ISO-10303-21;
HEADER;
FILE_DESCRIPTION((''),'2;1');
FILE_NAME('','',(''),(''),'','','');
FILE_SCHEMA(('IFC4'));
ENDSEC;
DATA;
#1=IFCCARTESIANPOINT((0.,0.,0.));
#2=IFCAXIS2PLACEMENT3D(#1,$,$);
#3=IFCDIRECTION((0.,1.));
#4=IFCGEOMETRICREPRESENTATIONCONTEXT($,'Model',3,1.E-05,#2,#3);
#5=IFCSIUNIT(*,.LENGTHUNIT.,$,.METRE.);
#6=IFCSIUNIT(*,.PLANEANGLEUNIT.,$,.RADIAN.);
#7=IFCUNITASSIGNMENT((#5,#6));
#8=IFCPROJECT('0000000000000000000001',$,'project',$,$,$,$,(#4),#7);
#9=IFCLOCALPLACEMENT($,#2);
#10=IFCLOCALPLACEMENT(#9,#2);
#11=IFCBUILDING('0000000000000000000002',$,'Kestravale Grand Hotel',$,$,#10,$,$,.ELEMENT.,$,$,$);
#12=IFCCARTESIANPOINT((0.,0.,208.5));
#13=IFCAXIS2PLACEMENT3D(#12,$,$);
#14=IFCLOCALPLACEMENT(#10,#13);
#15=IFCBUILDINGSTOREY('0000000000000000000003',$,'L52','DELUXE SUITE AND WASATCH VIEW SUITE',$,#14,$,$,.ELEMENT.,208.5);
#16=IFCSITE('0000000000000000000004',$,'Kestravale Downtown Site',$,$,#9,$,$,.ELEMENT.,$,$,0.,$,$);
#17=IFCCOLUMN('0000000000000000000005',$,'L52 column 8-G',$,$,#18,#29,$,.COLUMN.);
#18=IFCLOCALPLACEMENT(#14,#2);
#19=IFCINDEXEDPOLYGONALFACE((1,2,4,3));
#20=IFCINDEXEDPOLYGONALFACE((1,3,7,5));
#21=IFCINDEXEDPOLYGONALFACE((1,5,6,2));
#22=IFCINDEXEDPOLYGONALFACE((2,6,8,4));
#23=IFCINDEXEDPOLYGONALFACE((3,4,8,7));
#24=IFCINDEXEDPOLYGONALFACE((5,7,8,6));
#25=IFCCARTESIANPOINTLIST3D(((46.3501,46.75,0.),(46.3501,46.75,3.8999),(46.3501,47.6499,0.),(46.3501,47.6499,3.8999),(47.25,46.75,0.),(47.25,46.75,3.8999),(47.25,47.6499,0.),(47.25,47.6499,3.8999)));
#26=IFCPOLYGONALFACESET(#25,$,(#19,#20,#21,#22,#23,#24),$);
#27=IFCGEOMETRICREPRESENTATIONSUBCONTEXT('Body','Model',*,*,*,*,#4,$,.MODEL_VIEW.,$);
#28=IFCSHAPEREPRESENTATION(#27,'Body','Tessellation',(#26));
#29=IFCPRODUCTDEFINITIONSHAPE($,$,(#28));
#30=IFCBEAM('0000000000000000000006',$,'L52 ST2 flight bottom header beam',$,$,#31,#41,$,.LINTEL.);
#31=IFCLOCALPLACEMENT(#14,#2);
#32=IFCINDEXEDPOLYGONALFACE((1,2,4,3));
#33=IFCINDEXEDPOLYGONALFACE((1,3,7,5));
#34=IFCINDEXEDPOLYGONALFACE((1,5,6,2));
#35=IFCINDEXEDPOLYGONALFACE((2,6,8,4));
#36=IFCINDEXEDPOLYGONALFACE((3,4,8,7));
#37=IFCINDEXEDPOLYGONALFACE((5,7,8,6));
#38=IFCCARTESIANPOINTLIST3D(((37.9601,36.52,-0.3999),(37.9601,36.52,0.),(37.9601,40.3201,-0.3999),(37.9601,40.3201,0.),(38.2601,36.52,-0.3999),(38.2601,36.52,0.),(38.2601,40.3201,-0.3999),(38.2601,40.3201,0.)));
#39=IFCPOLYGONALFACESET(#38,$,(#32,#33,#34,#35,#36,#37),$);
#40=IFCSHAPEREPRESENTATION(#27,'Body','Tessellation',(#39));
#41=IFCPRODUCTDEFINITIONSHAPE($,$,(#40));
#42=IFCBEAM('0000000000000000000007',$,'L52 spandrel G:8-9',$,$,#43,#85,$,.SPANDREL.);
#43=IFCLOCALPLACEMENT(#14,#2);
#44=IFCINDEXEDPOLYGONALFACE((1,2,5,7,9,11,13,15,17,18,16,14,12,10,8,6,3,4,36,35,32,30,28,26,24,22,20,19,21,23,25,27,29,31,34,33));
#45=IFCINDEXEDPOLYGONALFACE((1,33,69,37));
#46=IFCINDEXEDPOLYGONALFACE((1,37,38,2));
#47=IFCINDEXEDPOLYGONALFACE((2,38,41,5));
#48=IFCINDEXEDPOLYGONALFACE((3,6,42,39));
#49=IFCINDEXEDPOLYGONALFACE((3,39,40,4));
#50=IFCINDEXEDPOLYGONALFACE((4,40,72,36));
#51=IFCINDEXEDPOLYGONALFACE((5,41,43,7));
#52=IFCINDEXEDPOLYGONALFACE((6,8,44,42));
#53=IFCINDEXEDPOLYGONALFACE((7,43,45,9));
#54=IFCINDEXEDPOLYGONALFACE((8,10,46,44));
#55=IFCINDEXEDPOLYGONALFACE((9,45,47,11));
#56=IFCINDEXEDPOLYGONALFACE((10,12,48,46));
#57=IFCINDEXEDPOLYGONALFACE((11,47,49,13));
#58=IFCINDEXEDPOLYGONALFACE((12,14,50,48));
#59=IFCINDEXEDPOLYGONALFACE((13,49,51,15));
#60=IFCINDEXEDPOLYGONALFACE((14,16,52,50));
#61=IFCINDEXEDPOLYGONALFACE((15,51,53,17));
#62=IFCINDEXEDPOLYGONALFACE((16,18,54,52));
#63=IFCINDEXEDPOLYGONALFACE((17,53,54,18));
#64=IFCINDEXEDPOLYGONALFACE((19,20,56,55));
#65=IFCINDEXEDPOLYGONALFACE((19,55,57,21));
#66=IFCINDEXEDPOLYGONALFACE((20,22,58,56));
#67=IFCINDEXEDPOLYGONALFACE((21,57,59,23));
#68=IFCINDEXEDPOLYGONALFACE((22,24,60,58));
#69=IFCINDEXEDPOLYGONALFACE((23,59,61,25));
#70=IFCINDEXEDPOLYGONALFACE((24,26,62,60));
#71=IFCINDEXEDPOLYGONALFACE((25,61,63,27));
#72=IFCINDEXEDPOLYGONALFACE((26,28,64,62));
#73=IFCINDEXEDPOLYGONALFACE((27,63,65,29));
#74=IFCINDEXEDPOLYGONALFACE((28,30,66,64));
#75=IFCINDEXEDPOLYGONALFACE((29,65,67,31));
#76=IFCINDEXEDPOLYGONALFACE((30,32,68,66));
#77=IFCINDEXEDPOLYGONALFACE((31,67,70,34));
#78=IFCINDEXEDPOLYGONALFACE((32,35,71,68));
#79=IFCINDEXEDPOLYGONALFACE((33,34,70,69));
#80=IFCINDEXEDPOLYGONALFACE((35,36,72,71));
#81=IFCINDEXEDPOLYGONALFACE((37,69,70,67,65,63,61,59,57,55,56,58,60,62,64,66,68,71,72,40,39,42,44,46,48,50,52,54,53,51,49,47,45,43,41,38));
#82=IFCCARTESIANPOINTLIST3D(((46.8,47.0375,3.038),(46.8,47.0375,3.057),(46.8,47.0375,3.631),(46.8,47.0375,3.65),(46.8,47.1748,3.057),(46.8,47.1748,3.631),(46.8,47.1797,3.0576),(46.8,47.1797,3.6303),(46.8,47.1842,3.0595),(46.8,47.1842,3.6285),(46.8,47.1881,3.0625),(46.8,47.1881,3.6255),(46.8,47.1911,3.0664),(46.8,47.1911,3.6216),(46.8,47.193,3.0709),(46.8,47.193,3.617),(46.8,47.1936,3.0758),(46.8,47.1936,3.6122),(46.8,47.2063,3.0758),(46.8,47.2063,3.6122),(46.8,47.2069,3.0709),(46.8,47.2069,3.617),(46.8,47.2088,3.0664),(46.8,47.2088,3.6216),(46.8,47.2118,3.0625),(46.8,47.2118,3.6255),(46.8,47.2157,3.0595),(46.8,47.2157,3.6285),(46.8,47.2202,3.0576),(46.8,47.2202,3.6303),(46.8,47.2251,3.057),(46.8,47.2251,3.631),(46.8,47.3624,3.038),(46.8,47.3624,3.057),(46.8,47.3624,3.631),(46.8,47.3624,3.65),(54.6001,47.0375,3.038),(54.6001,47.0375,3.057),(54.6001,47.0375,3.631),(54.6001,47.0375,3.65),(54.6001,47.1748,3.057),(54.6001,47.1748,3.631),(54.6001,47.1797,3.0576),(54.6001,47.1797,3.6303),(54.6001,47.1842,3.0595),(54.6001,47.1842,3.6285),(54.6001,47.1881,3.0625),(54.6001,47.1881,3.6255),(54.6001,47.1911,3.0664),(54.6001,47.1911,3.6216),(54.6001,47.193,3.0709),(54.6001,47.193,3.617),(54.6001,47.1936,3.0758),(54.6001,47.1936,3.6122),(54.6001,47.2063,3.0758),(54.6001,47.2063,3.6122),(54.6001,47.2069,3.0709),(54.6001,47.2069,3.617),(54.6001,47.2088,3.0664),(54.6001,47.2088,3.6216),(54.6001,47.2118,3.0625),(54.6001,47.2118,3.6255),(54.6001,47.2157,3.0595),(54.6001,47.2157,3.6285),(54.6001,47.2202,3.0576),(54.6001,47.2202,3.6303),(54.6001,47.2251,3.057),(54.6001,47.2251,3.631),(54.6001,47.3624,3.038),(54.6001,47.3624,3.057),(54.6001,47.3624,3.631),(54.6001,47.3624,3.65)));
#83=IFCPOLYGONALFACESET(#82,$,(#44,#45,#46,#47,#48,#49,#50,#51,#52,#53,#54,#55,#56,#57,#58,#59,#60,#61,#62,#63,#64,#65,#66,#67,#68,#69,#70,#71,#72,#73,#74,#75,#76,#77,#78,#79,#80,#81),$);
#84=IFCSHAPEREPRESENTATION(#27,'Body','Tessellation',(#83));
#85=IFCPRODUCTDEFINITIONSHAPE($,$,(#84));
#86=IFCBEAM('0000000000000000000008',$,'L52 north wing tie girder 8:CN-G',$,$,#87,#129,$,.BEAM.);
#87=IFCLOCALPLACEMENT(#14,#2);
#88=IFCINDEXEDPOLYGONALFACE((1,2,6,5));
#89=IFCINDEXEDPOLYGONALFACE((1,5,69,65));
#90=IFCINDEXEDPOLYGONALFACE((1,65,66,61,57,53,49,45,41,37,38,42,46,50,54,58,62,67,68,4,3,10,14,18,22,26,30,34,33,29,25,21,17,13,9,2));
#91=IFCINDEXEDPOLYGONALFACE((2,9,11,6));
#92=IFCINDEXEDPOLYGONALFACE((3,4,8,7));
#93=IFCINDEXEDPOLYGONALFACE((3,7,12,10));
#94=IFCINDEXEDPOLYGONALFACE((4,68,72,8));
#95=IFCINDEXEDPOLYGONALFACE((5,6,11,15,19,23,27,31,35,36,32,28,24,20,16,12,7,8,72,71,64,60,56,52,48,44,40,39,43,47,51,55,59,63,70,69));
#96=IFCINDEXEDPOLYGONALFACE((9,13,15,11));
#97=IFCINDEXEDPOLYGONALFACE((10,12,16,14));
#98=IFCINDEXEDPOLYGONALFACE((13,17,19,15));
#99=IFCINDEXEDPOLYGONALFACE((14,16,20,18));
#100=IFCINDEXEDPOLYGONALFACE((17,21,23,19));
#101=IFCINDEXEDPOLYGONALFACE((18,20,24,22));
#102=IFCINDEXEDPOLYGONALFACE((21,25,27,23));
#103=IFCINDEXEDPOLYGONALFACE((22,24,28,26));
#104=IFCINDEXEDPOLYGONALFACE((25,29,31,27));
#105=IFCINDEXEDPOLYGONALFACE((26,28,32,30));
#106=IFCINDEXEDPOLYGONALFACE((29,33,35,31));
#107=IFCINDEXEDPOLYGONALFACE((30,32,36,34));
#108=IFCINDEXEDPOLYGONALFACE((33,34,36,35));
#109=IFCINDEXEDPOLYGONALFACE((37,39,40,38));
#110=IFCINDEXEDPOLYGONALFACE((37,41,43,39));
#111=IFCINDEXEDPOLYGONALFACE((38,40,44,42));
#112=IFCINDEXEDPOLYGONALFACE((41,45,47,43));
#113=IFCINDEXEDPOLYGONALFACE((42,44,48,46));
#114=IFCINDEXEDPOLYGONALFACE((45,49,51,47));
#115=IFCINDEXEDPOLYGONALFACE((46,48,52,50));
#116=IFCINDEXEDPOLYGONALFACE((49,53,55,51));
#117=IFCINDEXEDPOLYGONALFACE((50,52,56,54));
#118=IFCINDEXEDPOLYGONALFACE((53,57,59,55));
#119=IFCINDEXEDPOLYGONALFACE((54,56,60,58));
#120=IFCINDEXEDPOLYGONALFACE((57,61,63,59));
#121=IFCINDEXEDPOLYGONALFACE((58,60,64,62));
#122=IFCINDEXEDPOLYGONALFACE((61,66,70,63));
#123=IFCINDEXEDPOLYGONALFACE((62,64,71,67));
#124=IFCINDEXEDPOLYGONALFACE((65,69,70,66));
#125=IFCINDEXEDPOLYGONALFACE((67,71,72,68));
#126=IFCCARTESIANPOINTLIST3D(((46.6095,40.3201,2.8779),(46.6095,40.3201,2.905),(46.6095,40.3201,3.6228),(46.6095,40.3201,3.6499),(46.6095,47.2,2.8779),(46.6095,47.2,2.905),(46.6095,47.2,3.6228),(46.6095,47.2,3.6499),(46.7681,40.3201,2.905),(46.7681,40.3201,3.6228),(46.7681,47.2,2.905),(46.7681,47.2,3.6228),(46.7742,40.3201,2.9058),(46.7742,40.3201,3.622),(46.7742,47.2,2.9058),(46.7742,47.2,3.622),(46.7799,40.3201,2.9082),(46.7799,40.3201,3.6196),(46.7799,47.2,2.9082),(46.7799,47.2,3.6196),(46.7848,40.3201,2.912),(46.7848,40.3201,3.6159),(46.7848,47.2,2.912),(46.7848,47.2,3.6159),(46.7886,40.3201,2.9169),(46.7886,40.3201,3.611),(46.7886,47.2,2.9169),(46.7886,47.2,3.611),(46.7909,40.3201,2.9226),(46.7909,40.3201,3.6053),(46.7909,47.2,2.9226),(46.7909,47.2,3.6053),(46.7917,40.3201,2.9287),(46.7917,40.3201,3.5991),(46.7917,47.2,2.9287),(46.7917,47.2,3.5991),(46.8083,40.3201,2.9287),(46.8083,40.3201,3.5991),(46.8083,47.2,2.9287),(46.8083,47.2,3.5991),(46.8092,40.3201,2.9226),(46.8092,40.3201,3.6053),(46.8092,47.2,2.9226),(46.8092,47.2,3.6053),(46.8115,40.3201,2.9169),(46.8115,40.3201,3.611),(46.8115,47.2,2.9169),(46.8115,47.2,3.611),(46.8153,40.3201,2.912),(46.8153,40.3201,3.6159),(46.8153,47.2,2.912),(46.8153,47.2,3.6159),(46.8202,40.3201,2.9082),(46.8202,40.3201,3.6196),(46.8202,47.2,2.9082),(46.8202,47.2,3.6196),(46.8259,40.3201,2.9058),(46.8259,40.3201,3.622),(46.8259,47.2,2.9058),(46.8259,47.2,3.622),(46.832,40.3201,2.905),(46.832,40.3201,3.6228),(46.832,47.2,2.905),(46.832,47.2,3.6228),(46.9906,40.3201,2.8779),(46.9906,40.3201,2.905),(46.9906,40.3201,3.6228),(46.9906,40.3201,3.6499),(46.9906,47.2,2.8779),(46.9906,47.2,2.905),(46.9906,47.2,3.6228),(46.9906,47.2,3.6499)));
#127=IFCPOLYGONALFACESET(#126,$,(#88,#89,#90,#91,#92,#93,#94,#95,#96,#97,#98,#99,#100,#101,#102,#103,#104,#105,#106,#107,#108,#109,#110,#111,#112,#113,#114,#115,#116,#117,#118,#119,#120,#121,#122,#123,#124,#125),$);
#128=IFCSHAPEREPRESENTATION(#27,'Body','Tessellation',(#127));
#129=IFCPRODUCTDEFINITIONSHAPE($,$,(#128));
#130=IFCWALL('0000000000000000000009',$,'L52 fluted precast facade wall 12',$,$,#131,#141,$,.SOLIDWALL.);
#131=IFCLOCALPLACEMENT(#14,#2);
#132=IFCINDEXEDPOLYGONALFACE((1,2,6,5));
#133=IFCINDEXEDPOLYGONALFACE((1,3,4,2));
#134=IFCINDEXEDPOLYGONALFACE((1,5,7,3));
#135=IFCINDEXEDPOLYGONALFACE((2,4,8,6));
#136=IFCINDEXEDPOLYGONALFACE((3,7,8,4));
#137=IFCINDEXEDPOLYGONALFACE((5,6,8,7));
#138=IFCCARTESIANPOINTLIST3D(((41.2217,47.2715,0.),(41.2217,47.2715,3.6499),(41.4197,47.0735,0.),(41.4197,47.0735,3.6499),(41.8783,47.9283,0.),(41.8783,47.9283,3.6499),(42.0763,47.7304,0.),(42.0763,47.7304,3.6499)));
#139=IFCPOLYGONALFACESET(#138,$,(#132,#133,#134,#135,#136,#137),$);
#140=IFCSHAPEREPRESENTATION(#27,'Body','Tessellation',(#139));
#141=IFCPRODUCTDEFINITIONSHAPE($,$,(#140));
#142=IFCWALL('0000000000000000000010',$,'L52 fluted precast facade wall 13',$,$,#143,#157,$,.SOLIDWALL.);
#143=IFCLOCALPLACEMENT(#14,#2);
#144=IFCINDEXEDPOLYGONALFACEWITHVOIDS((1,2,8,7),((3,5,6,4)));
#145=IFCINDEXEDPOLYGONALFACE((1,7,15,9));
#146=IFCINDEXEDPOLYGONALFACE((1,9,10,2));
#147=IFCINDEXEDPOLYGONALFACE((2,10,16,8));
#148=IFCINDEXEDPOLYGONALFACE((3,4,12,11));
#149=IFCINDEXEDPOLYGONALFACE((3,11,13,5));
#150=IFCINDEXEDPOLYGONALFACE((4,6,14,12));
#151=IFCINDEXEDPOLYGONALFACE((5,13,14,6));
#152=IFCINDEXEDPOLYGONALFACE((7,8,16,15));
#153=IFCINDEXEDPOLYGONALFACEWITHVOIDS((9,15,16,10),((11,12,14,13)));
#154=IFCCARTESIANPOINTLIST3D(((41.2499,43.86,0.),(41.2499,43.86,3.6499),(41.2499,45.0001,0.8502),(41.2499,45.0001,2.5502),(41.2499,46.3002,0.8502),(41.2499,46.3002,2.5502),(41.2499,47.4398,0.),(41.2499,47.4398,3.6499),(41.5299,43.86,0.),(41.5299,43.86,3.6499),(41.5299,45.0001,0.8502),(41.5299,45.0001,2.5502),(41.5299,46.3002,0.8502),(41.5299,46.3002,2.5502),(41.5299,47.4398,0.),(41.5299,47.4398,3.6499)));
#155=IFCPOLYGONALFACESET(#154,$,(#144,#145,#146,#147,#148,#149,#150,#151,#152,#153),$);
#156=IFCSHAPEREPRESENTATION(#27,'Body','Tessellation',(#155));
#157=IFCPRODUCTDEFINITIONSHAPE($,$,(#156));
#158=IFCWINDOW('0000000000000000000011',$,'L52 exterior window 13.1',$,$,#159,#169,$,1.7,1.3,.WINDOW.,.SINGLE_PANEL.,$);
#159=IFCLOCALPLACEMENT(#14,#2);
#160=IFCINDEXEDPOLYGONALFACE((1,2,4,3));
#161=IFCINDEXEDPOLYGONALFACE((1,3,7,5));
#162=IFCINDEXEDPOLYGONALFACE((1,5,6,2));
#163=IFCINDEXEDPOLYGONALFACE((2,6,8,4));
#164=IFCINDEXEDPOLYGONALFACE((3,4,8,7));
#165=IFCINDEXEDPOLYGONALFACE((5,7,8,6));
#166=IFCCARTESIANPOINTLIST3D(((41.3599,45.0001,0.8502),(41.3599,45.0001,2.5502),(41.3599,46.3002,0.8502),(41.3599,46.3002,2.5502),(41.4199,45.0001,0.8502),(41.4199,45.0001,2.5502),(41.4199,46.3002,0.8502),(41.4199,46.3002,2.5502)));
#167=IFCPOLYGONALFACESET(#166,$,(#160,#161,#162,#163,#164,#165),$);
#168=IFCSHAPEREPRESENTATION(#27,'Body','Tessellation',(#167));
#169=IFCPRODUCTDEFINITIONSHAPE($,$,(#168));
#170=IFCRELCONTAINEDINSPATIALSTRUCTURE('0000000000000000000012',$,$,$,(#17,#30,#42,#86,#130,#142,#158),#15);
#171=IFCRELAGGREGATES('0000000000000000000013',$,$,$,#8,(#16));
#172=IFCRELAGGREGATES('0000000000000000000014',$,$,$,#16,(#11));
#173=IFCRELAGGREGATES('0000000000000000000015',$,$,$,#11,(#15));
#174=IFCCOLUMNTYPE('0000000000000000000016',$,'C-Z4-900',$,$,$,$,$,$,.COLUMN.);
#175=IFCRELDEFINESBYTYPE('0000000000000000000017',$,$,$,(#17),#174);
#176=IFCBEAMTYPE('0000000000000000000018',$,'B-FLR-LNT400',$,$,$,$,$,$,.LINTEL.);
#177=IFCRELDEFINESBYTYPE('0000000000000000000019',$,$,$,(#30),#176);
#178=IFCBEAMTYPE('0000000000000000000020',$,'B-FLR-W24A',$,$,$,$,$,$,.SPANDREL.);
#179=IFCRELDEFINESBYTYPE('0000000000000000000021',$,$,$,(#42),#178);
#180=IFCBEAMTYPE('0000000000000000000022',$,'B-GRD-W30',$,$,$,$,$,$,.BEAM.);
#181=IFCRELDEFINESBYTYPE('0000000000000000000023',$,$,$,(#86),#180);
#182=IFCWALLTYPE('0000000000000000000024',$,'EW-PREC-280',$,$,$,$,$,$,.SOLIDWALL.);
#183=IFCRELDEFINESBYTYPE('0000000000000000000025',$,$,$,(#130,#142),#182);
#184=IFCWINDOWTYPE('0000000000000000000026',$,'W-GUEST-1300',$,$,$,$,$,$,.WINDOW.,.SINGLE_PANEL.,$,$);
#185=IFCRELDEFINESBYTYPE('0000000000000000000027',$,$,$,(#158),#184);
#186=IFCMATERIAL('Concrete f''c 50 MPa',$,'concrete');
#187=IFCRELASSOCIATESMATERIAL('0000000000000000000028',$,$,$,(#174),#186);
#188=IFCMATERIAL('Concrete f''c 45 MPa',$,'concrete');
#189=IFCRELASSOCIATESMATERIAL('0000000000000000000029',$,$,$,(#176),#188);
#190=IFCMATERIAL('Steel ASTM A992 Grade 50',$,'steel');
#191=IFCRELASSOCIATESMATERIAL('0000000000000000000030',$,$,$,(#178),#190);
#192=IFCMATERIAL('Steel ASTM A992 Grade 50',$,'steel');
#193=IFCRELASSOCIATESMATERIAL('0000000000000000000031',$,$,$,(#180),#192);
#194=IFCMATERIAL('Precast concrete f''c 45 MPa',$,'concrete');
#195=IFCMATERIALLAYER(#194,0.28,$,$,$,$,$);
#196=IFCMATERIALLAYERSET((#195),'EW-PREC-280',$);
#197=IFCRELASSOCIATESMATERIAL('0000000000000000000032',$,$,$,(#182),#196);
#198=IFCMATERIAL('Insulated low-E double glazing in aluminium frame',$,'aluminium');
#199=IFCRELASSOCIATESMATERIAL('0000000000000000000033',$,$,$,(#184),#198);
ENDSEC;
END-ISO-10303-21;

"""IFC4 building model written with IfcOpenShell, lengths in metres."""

from ifc_helpers import new_model, si_unit, direction, frame, frame_2d, origin, origin_2d, place, context, subcontext, project, spatial, rectangle, i_section, extrude, material, layer, layer_set, material_profile, profile_set, type_object, element, fill, save


model = new_model("IFC4")

# Units and contexts
model_context = context("Model", 3, precision=1e-05, world=origin(), true_north=direction((0.0, 1.0)))
body_context = subcontext(model_context, "Body", "Model", "MODEL_VIEW")
ifc_project = project(units=[si_unit("LENGTHUNIT", "METRE"), si_unit("PLANEANGLEUNIT", "RADIAN")], contexts=[model_context])

# Site, building, storey
site_placement = place(None, origin())
site = spatial("IfcSite", under=ifc_project, at=site_placement, Name="Kestravale Downtown Site", CompositionType="ELEMENT", RefElevation=0.0)
building_placement = place(site_placement, origin())
building = spatial("IfcBuilding", under=site, at=building_placement, Name="Kestravale Grand Hotel", CompositionType="ELEMENT")
storey_placement = place(building_placement, frame((0.0, 0.0, 208.5)))
storey = spatial("IfcBuildingStorey", under=building, at=storey_placement, Name="L52", Description="DELUXE SUITE AND WASATCH VIEW SUITE", CompositionType="ELEMENT", Elevation=208.5)

# Column
ifc_material_1 = material(Name="Concrete f'c 50 MPa", Category="concrete")
ifc_material_profile_1 = material_profile(ifc_material_1, rectangle(XDim=0.8999, YDim=0.8999, at=origin_2d()))
ifc_profile_set_1 = profile_set([ifc_material_profile_1], Name="Concrete f'c 50 MPa")
column_type = type_object("IfcColumnType", Name="C-Z4-900", PredefinedType="COLUMN", material=ifc_profile_set_1)
column_placement = place(storey_placement, frame((46.8, 47.2, 0.0), z_axis=(0.0, 0.0, 1.0), x_axis=(1.0, 0.0, 0.0)))
element("IfcColumn", 1, at=column_placement, inside=storey, type_object=column_type, Name="L52 column 8-G", PredefinedType="COLUMN", context=body_context, shape_type="SweptSolid", body=[
    extrude(rectangle(XDim=0.8999, YDim=0.8999, at=origin_2d()), origin(), (0.0, 0.0, 1.0), 3.8999),
])

# Beams
ifc_material_2 = material(Name="Concrete f'c 45 MPa", Category="concrete")
ifc_material_profile_2 = material_profile(ifc_material_2, rectangle(XDim=0.3, YDim=0.3999, at=origin_2d()))
ifc_profile_set_2 = profile_set([ifc_material_profile_2], Name="Concrete f'c 45 MPa")
beam_type_1 = type_object("IfcBeamType", Name="B-FLR-LNT400", PredefinedType="LINTEL", material=ifc_profile_set_2)
beam_1_placement = place(storey_placement, frame((38.1101, 36.52, -0.2), z_axis=(0.0, 1.0, 0.0), x_axis=(-1.0, 0.0, 0.0)))
element("IfcBeam", 2, at=beam_1_placement, inside=storey, type_object=beam_type_1, Name="L52 ST2 flight bottom header beam", PredefinedType="LINTEL", context=body_context, shape_type="SweptSolid", body=[
    extrude(rectangle(XDim=0.3, YDim=0.3999, at=origin_2d()), origin(), (0.0, 0.0, 1.0), 3.8),
])
ifc_material_3 = material(Name="Steel ASTM A992 Grade 50", Category="steel")
ifc_material_profile_3 = material_profile(ifc_material_3, i_section(OverallWidth=0.325, OverallDepth=0.6121, WebThickness=0.0127, FlangeThickness=0.019, FilletRadius=0.0188, at=origin_2d()))
ifc_profile_set_3 = profile_set([ifc_material_profile_3], Name="Steel ASTM A992 Grade 50")
beam_type_2 = type_object("IfcBeamType", Name="B-FLR-W24A", PredefinedType="SPANDREL", material=ifc_profile_set_3)
beam_2_placement = place(storey_placement, frame((46.8, 47.2, 3.344), z_axis=(1.0, 0.0, 0.0), x_axis=(0.0, 1.0, 0.0)))
element("IfcBeam", 3, at=beam_2_placement, inside=storey, type_object=beam_type_2, Name="L52 spandrel G:8-9", PredefinedType="SPANDREL", context=body_context, shape_type="SweptSolid", body=[
    extrude(i_section(OverallWidth=0.325, OverallDepth=0.6121, WebThickness=0.0127, FlangeThickness=0.019, FilletRadius=0.0188, at=origin_2d()), origin(), (0.0, 0.0, 1.0), 7.8),
])
ifc_material_4 = material(Name="Steel ASTM A992 Grade 50", Category="steel")
ifc_material_profile_4 = material_profile(ifc_material_4, i_section(OverallWidth=0.3811, OverallDepth=0.772, WebThickness=0.0166, FlangeThickness=0.0271, FilletRadius=0.0237, at=origin_2d()))
ifc_profile_set_4 = profile_set([ifc_material_profile_4], Name="Steel ASTM A992 Grade 50")
beam_type_3 = type_object("IfcBeamType", Name="B-GRD-W30", PredefinedType="BEAM", material=ifc_profile_set_4)
beam_3_placement = place(storey_placement, frame((46.8, 40.3201, 3.2639), z_axis=(0.0, 1.0, 0.0), x_axis=(-1.0, 0.0, 0.0)))
element("IfcBeam", 4, at=beam_3_placement, inside=storey, type_object=beam_type_3, Name="L52 north wing tie girder 8:CN-G", PredefinedType="BEAM", context=body_context, shape_type="SweptSolid", body=[
    extrude(i_section(OverallWidth=0.3811, OverallDepth=0.772, WebThickness=0.0166, FlangeThickness=0.0271, FilletRadius=0.0237, at=origin_2d()), origin(), (0.0, 0.0, 1.0), 6.8799),
])

# Wall
ifc_material_5 = material(Name="Precast concrete f'c 45 MPa", Category="concrete")
ifc_layer_1 = layer(ifc_material_5, 0.28)
ifc_layer_set_1 = layer_set([ifc_layer_1], Name="EW-PREC-280")
wall_type_1 = type_object("IfcWallType", Name="EW-PREC-280", PredefinedType="SOLIDWALL", material=ifc_layer_set_1)
wall_1_placement = place(storey_placement, frame((41.9773, 47.8293, 0.0), z_axis=(0.0, 0.0, 1.0), x_axis=(-0.706975, -0.707238, 0.0)))
element("IfcWall", 5, at=wall_1_placement, inside=storey, type_object=wall_type_1, Name="L52 fluted precast facade wall 12", PredefinedType="SOLIDWALL", context=body_context, shape_type="SweptSolid", body=[
    extrude(rectangle(XDim=0.9287, YDim=0.28, at=frame_2d((0.4644, 0.0))), origin(), (0.0, 0.0, 1.0), 3.6499),
])

# Wall, opening, window
wall_2_placement = place(storey_placement, frame((41.3899, 47.4399, 0.0), z_axis=(0.0, 0.0, 1.0), x_axis=(0.0, -1.0, 0.0)))
wall_2 = element("IfcWall", 6, at=wall_2_placement, inside=storey, type_object=wall_type_1, Name="L52 fluted precast facade wall 13", PredefinedType="SOLIDWALL", context=body_context, shape_type="SweptSolid", body=[
    extrude(rectangle(XDim=3.5798, YDim=0.28, at=frame_2d((1.79, 0.0))), origin(), (0.0, 0.0, 1.0), 3.6499),
])
opening_1_placement = place(wall_2_placement, frame((1.1399, 0.0, 0.8501)))
opening_1 = element("IfcOpeningElement", 7, at=opening_1_placement, cuts=wall_2, PredefinedType="OPENING", context=body_context, shape_type="SweptSolid", body=[
    extrude(rectangle(XDim=1.3, YDim=1.7, at=frame_2d((0.6499, 0.8501))), frame((0.0, 0.1499, 0.0), z_axis=(0.0, -1.0, 0.0), x_axis=(1.0, 0.0, 0.0)), (0.0, 0.0, 1.0), 0.3),
])
ifc_material_6 = material(Name="Insulated low-E double glazing in aluminium frame", Category="aluminium")
window_type = type_object("IfcWindowType", Name="W-GUEST-1300", PartitioningType="SINGLE_PANEL", PredefinedType="WINDOW", material=ifc_material_6)
window_1_placement = place(opening_1_placement, origin())
window_1 = element("IfcWindow", 8, at=window_1_placement, inside=storey, type_object=window_type, Name="L52 exterior window 13.1", OverallHeight=1.7, OverallWidth=1.3, PartitioningType="SINGLE_PANEL", PredefinedType="WINDOW", context=body_context, shape_type="SweptSolid", body=[
    extrude(rectangle(XDim=1.3, YDim=1.7, at=frame_2d((0.6499, 0.8501))), frame((0.0, 0.03, 0.0), z_axis=(0.0, -1.0, 0.0), x_axis=(1.0, 0.0, 0.0)), (0.0, 0.0, 1.0), 0.0601),
])
fill(opening_1, window_1)

save(model, "model.ifc")
